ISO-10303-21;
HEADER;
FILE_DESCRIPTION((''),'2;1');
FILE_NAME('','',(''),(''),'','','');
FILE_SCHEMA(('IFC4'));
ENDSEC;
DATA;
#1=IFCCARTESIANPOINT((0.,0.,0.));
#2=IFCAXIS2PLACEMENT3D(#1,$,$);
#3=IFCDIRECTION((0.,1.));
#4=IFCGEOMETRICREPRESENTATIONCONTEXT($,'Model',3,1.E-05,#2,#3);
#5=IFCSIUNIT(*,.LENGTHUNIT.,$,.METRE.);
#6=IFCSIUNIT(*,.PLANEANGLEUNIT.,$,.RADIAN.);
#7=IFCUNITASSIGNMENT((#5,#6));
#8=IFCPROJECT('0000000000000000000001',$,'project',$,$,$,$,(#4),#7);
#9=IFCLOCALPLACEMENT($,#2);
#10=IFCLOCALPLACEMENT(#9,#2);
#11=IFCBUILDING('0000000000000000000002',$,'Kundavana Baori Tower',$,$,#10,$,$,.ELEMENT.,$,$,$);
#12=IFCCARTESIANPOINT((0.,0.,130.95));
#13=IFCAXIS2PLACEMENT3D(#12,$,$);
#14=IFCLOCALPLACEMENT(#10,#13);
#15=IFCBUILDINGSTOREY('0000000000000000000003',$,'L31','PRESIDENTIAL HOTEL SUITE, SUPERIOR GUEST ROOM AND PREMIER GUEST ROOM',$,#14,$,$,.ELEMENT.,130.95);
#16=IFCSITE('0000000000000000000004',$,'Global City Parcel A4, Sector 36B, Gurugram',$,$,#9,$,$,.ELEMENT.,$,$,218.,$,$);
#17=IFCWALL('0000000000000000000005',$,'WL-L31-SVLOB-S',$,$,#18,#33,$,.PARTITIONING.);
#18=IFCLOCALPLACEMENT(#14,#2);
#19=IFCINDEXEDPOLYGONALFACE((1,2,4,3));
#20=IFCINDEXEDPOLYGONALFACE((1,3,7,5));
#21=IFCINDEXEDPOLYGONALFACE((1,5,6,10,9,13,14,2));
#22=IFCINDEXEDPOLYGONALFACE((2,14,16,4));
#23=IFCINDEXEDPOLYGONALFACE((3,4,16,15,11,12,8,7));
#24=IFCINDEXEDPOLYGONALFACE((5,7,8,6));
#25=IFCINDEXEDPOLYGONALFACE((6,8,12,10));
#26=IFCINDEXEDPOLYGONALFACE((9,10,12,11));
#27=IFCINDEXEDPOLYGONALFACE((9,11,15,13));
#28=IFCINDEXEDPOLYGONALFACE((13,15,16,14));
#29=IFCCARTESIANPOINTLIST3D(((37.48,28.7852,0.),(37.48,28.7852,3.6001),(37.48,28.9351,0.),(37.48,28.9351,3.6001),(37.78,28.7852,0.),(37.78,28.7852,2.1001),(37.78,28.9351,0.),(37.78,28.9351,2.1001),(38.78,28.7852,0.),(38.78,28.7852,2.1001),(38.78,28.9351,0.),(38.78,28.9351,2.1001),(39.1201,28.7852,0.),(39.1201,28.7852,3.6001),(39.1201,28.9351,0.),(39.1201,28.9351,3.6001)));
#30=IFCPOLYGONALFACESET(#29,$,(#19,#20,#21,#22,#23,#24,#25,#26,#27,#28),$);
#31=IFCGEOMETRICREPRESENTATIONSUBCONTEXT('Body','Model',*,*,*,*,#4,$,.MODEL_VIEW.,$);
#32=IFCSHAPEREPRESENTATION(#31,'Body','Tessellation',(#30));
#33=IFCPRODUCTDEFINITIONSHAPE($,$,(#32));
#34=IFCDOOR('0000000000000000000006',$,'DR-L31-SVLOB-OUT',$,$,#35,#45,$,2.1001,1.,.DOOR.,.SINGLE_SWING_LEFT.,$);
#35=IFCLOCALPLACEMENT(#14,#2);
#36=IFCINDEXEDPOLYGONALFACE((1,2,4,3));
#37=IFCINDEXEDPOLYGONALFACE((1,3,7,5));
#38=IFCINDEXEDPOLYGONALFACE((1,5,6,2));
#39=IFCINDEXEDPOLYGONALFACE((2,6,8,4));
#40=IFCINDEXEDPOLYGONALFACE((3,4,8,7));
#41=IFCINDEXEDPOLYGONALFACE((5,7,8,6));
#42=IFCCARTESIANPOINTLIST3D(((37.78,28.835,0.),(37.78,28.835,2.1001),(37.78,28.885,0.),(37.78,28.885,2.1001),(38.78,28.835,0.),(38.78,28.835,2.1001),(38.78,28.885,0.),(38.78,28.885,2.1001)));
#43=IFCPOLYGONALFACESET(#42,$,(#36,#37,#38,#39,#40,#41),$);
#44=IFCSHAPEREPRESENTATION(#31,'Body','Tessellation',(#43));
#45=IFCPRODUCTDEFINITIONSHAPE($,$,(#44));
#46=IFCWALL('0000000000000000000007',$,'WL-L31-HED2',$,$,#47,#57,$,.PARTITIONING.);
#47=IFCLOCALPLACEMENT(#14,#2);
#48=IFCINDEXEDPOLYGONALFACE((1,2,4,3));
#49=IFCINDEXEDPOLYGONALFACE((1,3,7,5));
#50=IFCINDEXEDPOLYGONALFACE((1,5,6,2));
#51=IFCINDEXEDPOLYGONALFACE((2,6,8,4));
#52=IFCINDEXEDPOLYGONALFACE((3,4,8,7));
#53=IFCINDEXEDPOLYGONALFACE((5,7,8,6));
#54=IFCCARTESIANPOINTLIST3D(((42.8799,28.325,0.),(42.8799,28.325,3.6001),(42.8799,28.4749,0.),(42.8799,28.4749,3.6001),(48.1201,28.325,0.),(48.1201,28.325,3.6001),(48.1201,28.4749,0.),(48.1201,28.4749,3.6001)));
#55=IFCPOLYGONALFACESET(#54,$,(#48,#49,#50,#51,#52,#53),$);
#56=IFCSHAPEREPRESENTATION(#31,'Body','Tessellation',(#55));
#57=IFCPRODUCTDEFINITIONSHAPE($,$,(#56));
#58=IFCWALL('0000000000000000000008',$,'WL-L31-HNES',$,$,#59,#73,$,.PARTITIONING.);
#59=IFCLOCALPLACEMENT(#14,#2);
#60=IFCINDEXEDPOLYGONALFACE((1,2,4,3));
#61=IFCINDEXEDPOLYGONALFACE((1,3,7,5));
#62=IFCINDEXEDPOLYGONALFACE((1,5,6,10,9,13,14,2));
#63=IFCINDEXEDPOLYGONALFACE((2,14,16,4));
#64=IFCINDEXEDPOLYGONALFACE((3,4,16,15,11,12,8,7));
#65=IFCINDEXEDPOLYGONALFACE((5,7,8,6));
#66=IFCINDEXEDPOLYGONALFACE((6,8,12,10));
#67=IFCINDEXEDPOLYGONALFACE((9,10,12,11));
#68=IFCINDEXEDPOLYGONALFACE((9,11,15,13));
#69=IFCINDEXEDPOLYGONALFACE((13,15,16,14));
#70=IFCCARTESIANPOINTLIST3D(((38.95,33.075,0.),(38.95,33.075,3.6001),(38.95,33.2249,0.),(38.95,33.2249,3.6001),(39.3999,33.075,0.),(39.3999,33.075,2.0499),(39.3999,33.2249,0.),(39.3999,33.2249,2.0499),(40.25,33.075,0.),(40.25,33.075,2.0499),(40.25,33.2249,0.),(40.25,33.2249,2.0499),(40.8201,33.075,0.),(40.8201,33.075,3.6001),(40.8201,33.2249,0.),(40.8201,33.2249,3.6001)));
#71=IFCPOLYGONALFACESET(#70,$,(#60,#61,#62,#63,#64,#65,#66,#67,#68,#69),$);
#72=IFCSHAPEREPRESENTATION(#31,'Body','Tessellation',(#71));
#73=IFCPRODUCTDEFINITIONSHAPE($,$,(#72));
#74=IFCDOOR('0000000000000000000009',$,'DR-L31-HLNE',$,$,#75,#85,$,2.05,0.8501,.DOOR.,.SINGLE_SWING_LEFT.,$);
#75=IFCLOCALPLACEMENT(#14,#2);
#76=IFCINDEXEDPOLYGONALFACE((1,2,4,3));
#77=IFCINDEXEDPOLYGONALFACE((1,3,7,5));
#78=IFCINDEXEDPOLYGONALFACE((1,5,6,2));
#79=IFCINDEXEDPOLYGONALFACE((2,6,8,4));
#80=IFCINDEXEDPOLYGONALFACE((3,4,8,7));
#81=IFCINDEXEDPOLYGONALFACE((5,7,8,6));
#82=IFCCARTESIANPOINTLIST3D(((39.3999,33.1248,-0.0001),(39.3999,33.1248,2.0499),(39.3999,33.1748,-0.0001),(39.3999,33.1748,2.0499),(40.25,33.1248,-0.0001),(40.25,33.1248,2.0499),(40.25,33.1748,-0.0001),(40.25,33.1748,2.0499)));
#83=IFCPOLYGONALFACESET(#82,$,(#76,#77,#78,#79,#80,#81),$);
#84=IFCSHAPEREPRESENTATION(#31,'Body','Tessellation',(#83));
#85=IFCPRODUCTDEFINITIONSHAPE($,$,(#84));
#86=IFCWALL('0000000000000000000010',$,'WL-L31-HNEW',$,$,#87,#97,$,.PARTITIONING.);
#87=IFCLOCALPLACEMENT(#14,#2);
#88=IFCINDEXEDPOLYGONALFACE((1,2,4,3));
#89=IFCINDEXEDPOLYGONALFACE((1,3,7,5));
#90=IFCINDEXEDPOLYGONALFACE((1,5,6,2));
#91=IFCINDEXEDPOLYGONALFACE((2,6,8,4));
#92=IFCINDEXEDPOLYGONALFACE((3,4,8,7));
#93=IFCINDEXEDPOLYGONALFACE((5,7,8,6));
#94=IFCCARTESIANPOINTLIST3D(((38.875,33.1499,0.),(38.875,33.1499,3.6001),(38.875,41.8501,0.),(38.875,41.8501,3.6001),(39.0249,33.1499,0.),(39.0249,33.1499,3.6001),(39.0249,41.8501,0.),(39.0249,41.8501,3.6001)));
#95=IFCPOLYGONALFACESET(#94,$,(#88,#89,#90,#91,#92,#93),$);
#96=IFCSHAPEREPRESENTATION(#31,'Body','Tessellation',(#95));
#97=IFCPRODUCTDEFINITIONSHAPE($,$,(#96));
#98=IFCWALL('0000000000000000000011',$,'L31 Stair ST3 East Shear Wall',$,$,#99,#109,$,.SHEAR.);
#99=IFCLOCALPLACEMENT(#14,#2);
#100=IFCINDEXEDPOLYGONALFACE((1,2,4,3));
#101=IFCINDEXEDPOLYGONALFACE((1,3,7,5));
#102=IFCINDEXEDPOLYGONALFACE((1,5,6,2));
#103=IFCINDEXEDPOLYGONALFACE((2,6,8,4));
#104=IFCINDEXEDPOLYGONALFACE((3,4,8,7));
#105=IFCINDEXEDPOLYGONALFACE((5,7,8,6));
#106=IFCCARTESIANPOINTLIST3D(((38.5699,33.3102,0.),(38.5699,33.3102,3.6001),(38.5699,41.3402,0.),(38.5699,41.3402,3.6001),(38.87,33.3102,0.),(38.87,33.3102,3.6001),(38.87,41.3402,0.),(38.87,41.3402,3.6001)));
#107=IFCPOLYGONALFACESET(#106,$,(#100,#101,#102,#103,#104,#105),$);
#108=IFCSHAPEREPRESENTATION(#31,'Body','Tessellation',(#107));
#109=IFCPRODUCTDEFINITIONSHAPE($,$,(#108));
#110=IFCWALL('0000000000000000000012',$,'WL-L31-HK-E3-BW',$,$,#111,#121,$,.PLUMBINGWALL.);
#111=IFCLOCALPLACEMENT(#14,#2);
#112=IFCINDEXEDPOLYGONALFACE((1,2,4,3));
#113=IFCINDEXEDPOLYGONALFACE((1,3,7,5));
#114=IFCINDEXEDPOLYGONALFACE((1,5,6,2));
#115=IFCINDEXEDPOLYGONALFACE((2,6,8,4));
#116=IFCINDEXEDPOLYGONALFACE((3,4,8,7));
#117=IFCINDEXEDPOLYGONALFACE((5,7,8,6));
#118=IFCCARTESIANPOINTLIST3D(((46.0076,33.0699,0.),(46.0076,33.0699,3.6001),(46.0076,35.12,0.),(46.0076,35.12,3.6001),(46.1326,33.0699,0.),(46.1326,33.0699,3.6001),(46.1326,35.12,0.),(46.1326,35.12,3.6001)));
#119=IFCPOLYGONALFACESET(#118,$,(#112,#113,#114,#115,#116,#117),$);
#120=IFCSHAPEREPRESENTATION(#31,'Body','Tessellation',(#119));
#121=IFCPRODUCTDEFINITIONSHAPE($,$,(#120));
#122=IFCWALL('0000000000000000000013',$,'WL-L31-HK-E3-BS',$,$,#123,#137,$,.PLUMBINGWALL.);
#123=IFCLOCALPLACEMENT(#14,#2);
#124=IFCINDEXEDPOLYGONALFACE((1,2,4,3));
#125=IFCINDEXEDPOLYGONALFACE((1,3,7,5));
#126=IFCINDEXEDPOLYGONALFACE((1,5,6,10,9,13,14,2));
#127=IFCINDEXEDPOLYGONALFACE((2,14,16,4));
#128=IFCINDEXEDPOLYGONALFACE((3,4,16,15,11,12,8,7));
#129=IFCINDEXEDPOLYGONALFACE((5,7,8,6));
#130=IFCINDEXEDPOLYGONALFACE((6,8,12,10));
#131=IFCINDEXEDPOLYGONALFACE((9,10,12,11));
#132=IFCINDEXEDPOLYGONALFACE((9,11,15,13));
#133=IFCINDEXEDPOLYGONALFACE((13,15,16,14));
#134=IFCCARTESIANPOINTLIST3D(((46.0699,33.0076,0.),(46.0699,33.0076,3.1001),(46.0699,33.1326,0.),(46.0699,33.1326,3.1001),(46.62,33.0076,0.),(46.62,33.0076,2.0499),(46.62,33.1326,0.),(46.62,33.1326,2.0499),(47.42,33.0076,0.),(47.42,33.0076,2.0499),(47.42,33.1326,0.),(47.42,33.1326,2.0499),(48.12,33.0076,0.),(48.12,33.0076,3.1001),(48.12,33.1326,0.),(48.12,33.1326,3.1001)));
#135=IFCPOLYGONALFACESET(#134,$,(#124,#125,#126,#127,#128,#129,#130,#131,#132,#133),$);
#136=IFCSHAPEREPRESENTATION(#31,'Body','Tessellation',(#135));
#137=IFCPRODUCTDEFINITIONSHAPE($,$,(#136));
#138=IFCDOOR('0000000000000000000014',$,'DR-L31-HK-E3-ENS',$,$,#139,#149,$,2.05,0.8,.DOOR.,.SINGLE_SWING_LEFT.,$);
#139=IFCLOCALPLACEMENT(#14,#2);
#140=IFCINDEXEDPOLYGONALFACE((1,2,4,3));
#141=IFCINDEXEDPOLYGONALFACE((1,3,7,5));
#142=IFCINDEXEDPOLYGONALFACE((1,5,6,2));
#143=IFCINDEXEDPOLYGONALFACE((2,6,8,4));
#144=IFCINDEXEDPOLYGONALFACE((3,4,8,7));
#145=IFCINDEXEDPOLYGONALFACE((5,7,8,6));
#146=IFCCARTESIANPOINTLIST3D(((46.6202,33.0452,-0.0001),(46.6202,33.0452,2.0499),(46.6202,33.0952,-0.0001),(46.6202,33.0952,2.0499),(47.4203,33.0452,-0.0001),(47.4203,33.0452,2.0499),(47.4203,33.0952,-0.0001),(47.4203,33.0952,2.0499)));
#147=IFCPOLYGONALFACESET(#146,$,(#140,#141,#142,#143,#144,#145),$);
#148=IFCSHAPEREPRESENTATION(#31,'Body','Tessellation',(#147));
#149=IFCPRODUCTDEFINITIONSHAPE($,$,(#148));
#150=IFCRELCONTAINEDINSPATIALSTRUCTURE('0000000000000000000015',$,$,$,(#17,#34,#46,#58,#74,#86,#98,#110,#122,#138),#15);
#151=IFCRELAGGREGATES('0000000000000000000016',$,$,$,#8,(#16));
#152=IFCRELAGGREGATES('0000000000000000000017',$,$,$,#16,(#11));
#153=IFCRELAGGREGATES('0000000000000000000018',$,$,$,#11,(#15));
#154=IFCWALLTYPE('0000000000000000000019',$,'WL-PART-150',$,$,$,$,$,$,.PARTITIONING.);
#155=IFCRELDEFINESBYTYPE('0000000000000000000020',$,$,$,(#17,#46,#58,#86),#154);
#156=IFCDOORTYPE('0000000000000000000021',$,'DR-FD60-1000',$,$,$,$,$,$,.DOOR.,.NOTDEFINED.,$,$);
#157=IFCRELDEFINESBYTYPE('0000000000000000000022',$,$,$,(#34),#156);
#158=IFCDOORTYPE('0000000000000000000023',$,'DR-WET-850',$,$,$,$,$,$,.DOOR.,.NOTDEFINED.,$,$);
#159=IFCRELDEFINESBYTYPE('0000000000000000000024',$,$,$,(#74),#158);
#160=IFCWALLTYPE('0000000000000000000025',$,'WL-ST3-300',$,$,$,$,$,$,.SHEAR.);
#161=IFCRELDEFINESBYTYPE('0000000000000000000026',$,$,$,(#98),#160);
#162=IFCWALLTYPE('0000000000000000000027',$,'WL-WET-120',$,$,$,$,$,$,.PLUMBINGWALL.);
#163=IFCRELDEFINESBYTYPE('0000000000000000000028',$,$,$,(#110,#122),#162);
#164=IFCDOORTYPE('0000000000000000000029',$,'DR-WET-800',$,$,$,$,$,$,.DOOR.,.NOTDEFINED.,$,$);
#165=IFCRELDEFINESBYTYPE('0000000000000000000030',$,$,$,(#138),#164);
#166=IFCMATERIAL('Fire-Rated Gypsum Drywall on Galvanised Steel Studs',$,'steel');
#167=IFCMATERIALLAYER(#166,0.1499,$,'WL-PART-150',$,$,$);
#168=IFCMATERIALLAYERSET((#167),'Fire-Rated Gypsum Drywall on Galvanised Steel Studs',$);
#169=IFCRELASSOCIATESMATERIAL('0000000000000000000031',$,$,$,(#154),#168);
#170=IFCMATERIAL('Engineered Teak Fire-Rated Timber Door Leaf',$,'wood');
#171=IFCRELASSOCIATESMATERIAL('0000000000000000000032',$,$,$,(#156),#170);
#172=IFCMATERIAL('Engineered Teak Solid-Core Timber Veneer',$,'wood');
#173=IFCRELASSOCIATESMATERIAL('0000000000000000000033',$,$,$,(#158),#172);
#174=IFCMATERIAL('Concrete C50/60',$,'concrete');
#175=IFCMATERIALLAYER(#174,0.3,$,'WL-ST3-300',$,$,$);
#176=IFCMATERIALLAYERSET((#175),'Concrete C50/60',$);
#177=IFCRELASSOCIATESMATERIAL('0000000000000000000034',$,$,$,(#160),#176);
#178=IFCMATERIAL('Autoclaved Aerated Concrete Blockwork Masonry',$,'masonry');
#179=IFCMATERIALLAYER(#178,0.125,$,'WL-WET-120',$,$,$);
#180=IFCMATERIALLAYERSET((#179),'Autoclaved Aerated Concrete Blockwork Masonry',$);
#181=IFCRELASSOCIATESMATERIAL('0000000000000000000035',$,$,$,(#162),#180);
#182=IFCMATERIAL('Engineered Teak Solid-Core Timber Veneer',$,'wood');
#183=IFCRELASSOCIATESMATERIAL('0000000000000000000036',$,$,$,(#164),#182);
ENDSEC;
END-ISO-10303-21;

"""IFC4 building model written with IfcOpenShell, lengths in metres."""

from ifc_helpers import new_model, si_unit, direction, frame, frame_2d, origin, place, context, subcontext, project, spatial, rectangle, extrude, material, layer, layer_set, type_object, element, fill, save


model = new_model("IFC4")

# Units and contexts
model_context = context("Model", 3, precision=1e-05, world=origin(), true_north=direction((0.0, 1.0)))
body_context = subcontext(model_context, "Body", "Model", "MODEL_VIEW")
ifc_project = project(units=[si_unit("LENGTHUNIT", "METRE"), si_unit("PLANEANGLEUNIT", "RADIAN")], contexts=[model_context])

# Site, building, storey
site_placement = place(None, origin())
site = spatial("IfcSite", under=ifc_project, at=site_placement, Name="Global City Parcel A4, Sector 36B, Gurugram", CompositionType="ELEMENT", RefElevation=218.0)
building_placement = place(site_placement, origin())
building = spatial("IfcBuilding", under=site, at=building_placement, Name="Kundavana Baori Tower", CompositionType="ELEMENT")
storey_placement = place(building_placement, frame((0.0, 0.0, 130.95)))
storey = spatial("IfcBuildingStorey", under=building, at=storey_placement, Name="L31", Description="PRESIDENTIAL HOTEL SUITE, SUPERIOR GUEST ROOM AND PREMIER GUEST ROOM", CompositionType="ELEMENT", Elevation=130.95)

# Shared definitions
ifc_material_1 = material(Name="Fire-Rated Gypsum Drywall on Galvanised Steel Studs", Category="steel")
ifc_layer_1 = layer(ifc_material_1, 0.1499, Name="WL-PART-150")
ifc_layer_set_1 = layer_set([ifc_layer_1], Name="Fire-Rated Gypsum Drywall on Galvanised Steel Studs")
wall_type_1 = type_object("IfcWallType", Name="WL-PART-150", PredefinedType="PARTITIONING", material=ifc_layer_set_1)

# Wall, opening, door
wall_1_placement = place(storey_placement, frame((37.48, 28.8601, 0.0), z_axis=(0.0, 0.0, 1.0), x_axis=(1.0, 0.0, 0.0)))
wall_1 = element("IfcWall", 1, at=wall_1_placement, inside=storey, type_object=wall_type_1, Name="WL-L31-SVLOB-S", PredefinedType="PARTITIONING", context=body_context, shape_type="SweptSolid", body=[
    extrude(rectangle(XDim=1.6401, YDim=0.1499, at=frame_2d((0.8201, 0.0))), origin(), (0.0, 0.0, 1.0), 3.6001),
])
opening_1_placement = place(wall_1_placement, frame((0.3, 0.0, 0.0)))
opening_1 = element("IfcOpeningElement", 2, at=opening_1_placement, cuts=wall_1, PredefinedType="OPENING", context=body_context, shape_type="SweptSolid", body=[
    extrude(rectangle(XDim=1.0, YDim=2.1001, at=frame_2d((0.5, 1.05))), frame((0.0, 0.085, 0.0), z_axis=(0.0, -1.0, 0.0), x_axis=(1.0, 0.0, 0.0)), (0.0, 0.0, 1.0), 0.1699),
])
ifc_material_2 = material(Name="Engineered Teak Fire-Rated Timber Door Leaf", Category="wood")
door_type_1 = type_object("IfcDoorType", Name="DR-FD60-1000", OperationType="NOTDEFINED", PredefinedType="DOOR", material=ifc_material_2)
door_1_placement = place(opening_1_placement, origin())
door_1 = element("IfcDoor", 3, at=door_1_placement, inside=storey, type_object=door_type_1, Name="DR-L31-SVLOB-OUT", OperationType="SINGLE_SWING_LEFT", OverallHeight=2.1001, OverallWidth=1.0, PredefinedType="DOOR", context=body_context, shape_type="SweptSolid", body=[
    extrude(rectangle(XDim=1.0, YDim=2.1001, at=frame_2d((0.5, 1.05))), frame((0.0, 0.0249, 0.0), z_axis=(0.0, -1.0, 0.0), x_axis=(1.0, 0.0, 0.0)), (0.0, 0.0, 1.0), 0.05),
])
fill(opening_1, door_1)

# Wall
wall_2_placement = place(storey_placement, frame((42.8799, 28.3999, 0.0), z_axis=(0.0, 0.0, 1.0), x_axis=(1.0, 0.0, 0.0)))
element("IfcWall", 4, at=wall_2_placement, inside=storey, type_object=wall_type_1, Name="WL-L31-HED2", PredefinedType="PARTITIONING", context=body_context, shape_type="SweptSolid", body=[
    extrude(rectangle(XDim=5.2402, YDim=0.1499, at=frame_2d((2.6201, 0.0))), origin(), (0.0, 0.0, 1.0), 3.6001),
])

# Wall, opening, door
wall_3_placement = place(storey_placement, frame((38.95, 33.1499, 0.0), z_axis=(0.0, 0.0, 1.0), x_axis=(1.0, 0.0, 0.0)))
wall_3 = element("IfcWall", 5, at=wall_3_placement, inside=storey, type_object=wall_type_1, Name="WL-L31-HNES", PredefinedType="PARTITIONING", context=body_context, shape_type="SweptSolid", body=[
    extrude(rectangle(XDim=1.8701, YDim=0.1499, at=frame_2d((0.9351, 0.0))), origin(), (0.0, 0.0, 1.0), 3.6001),
])
opening_2_placement = place(wall_3_placement, frame((0.45, 0.0, 0.0)))
opening_2 = element("IfcOpeningElement", 6, at=opening_2_placement, cuts=wall_3, PredefinedType="OPENING", context=body_context, shape_type="SweptSolid", body=[
    extrude(rectangle(XDim=0.8501, YDim=2.05, at=frame_2d((0.425, 1.0249))), frame((0.0, 0.085, 0.0), z_axis=(0.0, -1.0, 0.0), x_axis=(1.0, 0.0, 0.0)), (0.0, 0.0, 1.0), 0.1699),
])
ifc_material_3 = material(Name="Engineered Teak Solid-Core Timber Veneer", Category="wood")
door_type_2 = type_object("IfcDoorType", Name="DR-WET-850", OperationType="NOTDEFINED", PredefinedType="DOOR", material=ifc_material_3)
door_2_placement = place(opening_2_placement, origin())
door_2 = element("IfcDoor", 7, at=door_2_placement, inside=storey, type_object=door_type_2, Name="DR-L31-HLNE", OperationType="SINGLE_SWING_LEFT", OverallHeight=2.05, OverallWidth=0.8501, PredefinedType="DOOR", context=body_context, shape_type="SweptSolid", body=[
    extrude(rectangle(XDim=0.8501, YDim=2.05, at=frame_2d((0.425, 1.0249))), frame((0.0, 0.0249, 0.0), z_axis=(0.0, -1.0, 0.0), x_axis=(1.0, 0.0, 0.0)), (0.0, 0.0, 1.0), 0.05),
])
fill(opening_2, door_2)

# Wall
wall_4_placement = place(storey_placement, frame((38.95, 33.1499, 0.0), z_axis=(0.0, 0.0, 1.0), x_axis=(0.0, 1.0, 0.0)))
element("IfcWall", 8, at=wall_4_placement, inside=storey, type_object=wall_type_1, Name="WL-L31-HNEW", PredefinedType="PARTITIONING", context=body_context, shape_type="SweptSolid", body=[
    extrude(rectangle(XDim=8.7002, YDim=0.1499, at=frame_2d((4.3501, 0.0))), origin(), (0.0, 0.0, 1.0), 3.6001),
])

# Walls
ifc_material_4 = material(Name="Concrete C50/60", Category="concrete")
ifc_layer_2 = layer(ifc_material_4, 0.3, Name="WL-ST3-300")
ifc_layer_set_2 = layer_set([ifc_layer_2], Name="Concrete C50/60")
wall_type_2 = type_object("IfcWallType", Name="WL-ST3-300", PredefinedType="SHEAR", material=ifc_layer_set_2)
wall_5_placement = place(storey_placement, frame((38.72, 33.3101, 0.0), z_axis=(0.0, 0.0, 1.0), x_axis=(0.0, 1.0, 0.0)))
element("IfcWall", 9, at=wall_5_placement, inside=storey, type_object=wall_type_2, Name="L31 Stair ST3 East Shear Wall", PredefinedType="SHEAR", context=body_context, shape_type="SweptSolid", body=[
    extrude(rectangle(XDim=8.03, YDim=0.3, at=frame_2d((4.0151, 0.0))), origin(), (0.0, 0.0, 1.0), 3.6001),
])
ifc_material_5 = material(Name="Autoclaved Aerated Concrete Blockwork Masonry", Category="masonry")
ifc_layer_3 = layer(ifc_material_5, 0.125, Name="WL-WET-120")
ifc_layer_set_3 = layer_set([ifc_layer_3], Name="Autoclaved Aerated Concrete Blockwork Masonry")
wall_type_3 = type_object("IfcWallType", Name="WL-WET-120", PredefinedType="PLUMBINGWALL", material=ifc_layer_set_3)
wall_6_placement = place(storey_placement, frame((46.0701, 33.0701, 0.0), z_axis=(0.0, 0.0, 1.0), x_axis=(0.0, 1.0, 0.0)))
element("IfcWall", 10, at=wall_6_placement, inside=storey, type_object=wall_type_3, Name="WL-L31-HK-E3-BW", PredefinedType="PLUMBINGWALL", context=body_context, shape_type="SweptSolid", body=[
    extrude(rectangle(XDim=2.05, YDim=0.125, at=frame_2d((1.0249, 0.0))), origin(), (0.0, 0.0, 1.0), 3.6001),
])

# Wall, opening, door
wall_7_placement = place(storey_placement, frame((46.0701, 33.0701, 0.0), z_axis=(0.0, 0.0, 1.0), x_axis=(1.0, 0.0, 0.0)))
wall_7 = element("IfcWall", 11, at=wall_7_placement, inside=storey, type_object=wall_type_3, Name="WL-L31-HK-E3-BS", PredefinedType="PLUMBINGWALL", context=body_context, shape_type="SweptSolid", body=[
    extrude(rectangle(XDim=2.05, YDim=0.125, at=frame_2d((1.0249, 0.0))), origin(), (0.0, 0.0, 1.0), 3.1001),
])
opening_3_placement = place(wall_7_placement, frame((0.55, 0.0, 0.0)))
opening_3 = element("IfcOpeningElement", 12, at=opening_3_placement, cuts=wall_7, PredefinedType="OPENING", context=body_context, shape_type="SweptSolid", body=[
    extrude(rectangle(XDim=0.8, YDim=2.05, at=frame_2d((0.3999, 1.0249))), frame((0.0, 0.0725, 0.0), z_axis=(0.0, -1.0, 0.0), x_axis=(1.0, 0.0, 0.0)), (0.0, 0.0, 1.0), 0.145),
])
ifc_material_6 = material(Name="Engineered Teak Solid-Core Timber Veneer", Category="wood")
door_type_3 = type_object("IfcDoorType", Name="DR-WET-800", OperationType="NOTDEFINED", PredefinedType="DOOR", material=ifc_material_6)
door_3_placement = place(opening_3_placement, frame((0.8, 0.0, 0.0), z_axis=(0.0, 0.0, 1.0), x_axis=(-1.0, 0.0, 0.0)))
door_3 = element("IfcDoor", 13, at=door_3_placement, inside=storey, type_object=door_type_3, Name="DR-L31-HK-E3-ENS", OperationType="SINGLE_SWING_LEFT", OverallHeight=2.05, OverallWidth=0.8, PredefinedType="DOOR", context=body_context, shape_type="SweptSolid", body=[
    extrude(rectangle(XDim=0.8, YDim=2.05, at=frame_2d((0.3999, 1.0249))), frame((0.0, 0.0249, 0.0), z_axis=(0.0, -1.0, 0.0), x_axis=(1.0, 0.0, 0.0)), (0.0, 0.0, 1.0), 0.05),
])
fill(opening_3, door_3)

save(model, "model.ifc")
